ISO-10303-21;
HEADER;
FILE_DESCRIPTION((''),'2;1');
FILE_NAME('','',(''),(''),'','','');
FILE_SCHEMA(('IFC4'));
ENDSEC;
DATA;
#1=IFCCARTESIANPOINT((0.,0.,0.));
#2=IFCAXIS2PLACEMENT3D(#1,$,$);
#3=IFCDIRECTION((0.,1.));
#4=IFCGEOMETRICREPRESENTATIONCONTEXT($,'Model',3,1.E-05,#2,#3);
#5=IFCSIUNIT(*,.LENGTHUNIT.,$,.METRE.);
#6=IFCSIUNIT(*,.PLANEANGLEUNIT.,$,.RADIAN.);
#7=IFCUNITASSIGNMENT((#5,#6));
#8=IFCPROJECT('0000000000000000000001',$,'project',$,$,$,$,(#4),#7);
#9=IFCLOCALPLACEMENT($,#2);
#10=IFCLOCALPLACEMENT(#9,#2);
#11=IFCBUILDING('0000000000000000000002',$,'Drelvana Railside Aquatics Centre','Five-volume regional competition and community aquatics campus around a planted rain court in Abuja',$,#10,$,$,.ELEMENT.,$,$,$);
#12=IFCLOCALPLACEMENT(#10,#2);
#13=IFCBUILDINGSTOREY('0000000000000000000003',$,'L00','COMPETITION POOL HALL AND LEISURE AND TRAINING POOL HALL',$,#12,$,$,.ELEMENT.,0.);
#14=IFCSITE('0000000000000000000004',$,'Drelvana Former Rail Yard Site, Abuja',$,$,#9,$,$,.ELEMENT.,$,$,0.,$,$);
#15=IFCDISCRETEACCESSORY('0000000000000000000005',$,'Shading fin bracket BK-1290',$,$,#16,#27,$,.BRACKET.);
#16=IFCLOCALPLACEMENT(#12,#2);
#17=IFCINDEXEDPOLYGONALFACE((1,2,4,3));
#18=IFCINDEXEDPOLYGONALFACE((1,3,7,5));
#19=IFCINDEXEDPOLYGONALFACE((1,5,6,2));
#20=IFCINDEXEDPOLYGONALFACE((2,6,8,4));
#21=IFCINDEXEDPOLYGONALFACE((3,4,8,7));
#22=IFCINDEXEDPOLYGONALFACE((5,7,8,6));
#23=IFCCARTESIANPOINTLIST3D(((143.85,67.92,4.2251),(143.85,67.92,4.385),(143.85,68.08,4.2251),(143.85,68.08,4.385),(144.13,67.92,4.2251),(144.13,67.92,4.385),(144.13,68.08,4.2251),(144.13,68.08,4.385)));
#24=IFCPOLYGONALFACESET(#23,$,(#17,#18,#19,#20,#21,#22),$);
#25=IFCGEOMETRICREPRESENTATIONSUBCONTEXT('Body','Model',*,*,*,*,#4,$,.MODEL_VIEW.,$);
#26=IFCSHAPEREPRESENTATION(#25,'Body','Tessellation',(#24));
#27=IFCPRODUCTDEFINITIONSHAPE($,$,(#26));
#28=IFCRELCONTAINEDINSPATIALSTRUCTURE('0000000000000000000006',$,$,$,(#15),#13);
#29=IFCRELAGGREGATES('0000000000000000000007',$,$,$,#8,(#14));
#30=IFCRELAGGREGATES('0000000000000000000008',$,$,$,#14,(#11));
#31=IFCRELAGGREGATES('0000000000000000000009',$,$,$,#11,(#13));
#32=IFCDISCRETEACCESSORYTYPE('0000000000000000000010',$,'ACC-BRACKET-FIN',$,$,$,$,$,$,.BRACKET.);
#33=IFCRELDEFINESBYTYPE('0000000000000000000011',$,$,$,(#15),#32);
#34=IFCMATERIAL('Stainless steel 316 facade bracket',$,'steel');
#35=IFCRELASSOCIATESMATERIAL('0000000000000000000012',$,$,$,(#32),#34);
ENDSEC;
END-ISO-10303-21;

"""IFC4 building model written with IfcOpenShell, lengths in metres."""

from ifc_helpers import new_model, si_unit, direction, frame, origin, origin_2d, place, context, subcontext, project, spatial, rectangle, extrude, material, type_object, element, save


model = new_model("IFC4")

# Units and contexts
model_context = context("Model", 3, precision=1e-05, world=origin(), true_north=direction((0.0, 1.0)))
body_context = subcontext(model_context, "Body", "Model", "MODEL_VIEW")
ifc_project = project(units=[si_unit("LENGTHUNIT", "METRE"), si_unit("PLANEANGLEUNIT", "RADIAN")], contexts=[model_context])

# Site, building, storey
site_placement = place(None, origin())
site = spatial("IfcSite", under=ifc_project, at=site_placement, Name="Drelvana Former Rail Yard Site, Abuja", CompositionType="ELEMENT", RefElevation=0.0)
building_placement = place(site_placement, origin())
building = spatial("IfcBuilding", under=site, at=building_placement, Name="Drelvana Railside Aquatics Centre", Description="Five-volume regional competition and community aquatics campus around a planted rain court in Abuja", CompositionType="ELEMENT")
storey_placement = place(building_placement, origin())
storey = spatial("IfcBuildingStorey", under=building, at=storey_placement, Name="L00", Description="COMPETITION POOL HALL AND LEISURE AND TRAINING POOL HALL", CompositionType="ELEMENT", Elevation=0.0)

# Discrete accessory
ifc_material_1 = material(Name="Stainless steel 316 facade bracket", Category="steel")
discrete_accessory_type = type_object("IfcDiscreteAccessoryType", Name="ACC-BRACKET-FIN", PredefinedType="BRACKET", material=ifc_material_1)
for number, where, z_axis, x_axis, name in (
    (1, (143.99, 68.0, 4.2251), (0.0, 0.0, 1.0), (-1.0, 0.0, 0.0), "Shading fin bracket BK-1290"),
):
    element("IfcDiscreteAccessory", number, at=place(storey_placement, frame(where, z_axis=z_axis, x_axis=x_axis)), inside=storey, type_object=discrete_accessory_type, Name=name, PredefinedType="BRACKET", context=body_context, shape_type="SweptSolid", body=[
        extrude(rectangle(XDim=0.28, YDim=0.1599, at=origin_2d()), origin(), (0.0, 0.0, 1.0), 0.1599),
    ])

save(model, "model.ifc")
